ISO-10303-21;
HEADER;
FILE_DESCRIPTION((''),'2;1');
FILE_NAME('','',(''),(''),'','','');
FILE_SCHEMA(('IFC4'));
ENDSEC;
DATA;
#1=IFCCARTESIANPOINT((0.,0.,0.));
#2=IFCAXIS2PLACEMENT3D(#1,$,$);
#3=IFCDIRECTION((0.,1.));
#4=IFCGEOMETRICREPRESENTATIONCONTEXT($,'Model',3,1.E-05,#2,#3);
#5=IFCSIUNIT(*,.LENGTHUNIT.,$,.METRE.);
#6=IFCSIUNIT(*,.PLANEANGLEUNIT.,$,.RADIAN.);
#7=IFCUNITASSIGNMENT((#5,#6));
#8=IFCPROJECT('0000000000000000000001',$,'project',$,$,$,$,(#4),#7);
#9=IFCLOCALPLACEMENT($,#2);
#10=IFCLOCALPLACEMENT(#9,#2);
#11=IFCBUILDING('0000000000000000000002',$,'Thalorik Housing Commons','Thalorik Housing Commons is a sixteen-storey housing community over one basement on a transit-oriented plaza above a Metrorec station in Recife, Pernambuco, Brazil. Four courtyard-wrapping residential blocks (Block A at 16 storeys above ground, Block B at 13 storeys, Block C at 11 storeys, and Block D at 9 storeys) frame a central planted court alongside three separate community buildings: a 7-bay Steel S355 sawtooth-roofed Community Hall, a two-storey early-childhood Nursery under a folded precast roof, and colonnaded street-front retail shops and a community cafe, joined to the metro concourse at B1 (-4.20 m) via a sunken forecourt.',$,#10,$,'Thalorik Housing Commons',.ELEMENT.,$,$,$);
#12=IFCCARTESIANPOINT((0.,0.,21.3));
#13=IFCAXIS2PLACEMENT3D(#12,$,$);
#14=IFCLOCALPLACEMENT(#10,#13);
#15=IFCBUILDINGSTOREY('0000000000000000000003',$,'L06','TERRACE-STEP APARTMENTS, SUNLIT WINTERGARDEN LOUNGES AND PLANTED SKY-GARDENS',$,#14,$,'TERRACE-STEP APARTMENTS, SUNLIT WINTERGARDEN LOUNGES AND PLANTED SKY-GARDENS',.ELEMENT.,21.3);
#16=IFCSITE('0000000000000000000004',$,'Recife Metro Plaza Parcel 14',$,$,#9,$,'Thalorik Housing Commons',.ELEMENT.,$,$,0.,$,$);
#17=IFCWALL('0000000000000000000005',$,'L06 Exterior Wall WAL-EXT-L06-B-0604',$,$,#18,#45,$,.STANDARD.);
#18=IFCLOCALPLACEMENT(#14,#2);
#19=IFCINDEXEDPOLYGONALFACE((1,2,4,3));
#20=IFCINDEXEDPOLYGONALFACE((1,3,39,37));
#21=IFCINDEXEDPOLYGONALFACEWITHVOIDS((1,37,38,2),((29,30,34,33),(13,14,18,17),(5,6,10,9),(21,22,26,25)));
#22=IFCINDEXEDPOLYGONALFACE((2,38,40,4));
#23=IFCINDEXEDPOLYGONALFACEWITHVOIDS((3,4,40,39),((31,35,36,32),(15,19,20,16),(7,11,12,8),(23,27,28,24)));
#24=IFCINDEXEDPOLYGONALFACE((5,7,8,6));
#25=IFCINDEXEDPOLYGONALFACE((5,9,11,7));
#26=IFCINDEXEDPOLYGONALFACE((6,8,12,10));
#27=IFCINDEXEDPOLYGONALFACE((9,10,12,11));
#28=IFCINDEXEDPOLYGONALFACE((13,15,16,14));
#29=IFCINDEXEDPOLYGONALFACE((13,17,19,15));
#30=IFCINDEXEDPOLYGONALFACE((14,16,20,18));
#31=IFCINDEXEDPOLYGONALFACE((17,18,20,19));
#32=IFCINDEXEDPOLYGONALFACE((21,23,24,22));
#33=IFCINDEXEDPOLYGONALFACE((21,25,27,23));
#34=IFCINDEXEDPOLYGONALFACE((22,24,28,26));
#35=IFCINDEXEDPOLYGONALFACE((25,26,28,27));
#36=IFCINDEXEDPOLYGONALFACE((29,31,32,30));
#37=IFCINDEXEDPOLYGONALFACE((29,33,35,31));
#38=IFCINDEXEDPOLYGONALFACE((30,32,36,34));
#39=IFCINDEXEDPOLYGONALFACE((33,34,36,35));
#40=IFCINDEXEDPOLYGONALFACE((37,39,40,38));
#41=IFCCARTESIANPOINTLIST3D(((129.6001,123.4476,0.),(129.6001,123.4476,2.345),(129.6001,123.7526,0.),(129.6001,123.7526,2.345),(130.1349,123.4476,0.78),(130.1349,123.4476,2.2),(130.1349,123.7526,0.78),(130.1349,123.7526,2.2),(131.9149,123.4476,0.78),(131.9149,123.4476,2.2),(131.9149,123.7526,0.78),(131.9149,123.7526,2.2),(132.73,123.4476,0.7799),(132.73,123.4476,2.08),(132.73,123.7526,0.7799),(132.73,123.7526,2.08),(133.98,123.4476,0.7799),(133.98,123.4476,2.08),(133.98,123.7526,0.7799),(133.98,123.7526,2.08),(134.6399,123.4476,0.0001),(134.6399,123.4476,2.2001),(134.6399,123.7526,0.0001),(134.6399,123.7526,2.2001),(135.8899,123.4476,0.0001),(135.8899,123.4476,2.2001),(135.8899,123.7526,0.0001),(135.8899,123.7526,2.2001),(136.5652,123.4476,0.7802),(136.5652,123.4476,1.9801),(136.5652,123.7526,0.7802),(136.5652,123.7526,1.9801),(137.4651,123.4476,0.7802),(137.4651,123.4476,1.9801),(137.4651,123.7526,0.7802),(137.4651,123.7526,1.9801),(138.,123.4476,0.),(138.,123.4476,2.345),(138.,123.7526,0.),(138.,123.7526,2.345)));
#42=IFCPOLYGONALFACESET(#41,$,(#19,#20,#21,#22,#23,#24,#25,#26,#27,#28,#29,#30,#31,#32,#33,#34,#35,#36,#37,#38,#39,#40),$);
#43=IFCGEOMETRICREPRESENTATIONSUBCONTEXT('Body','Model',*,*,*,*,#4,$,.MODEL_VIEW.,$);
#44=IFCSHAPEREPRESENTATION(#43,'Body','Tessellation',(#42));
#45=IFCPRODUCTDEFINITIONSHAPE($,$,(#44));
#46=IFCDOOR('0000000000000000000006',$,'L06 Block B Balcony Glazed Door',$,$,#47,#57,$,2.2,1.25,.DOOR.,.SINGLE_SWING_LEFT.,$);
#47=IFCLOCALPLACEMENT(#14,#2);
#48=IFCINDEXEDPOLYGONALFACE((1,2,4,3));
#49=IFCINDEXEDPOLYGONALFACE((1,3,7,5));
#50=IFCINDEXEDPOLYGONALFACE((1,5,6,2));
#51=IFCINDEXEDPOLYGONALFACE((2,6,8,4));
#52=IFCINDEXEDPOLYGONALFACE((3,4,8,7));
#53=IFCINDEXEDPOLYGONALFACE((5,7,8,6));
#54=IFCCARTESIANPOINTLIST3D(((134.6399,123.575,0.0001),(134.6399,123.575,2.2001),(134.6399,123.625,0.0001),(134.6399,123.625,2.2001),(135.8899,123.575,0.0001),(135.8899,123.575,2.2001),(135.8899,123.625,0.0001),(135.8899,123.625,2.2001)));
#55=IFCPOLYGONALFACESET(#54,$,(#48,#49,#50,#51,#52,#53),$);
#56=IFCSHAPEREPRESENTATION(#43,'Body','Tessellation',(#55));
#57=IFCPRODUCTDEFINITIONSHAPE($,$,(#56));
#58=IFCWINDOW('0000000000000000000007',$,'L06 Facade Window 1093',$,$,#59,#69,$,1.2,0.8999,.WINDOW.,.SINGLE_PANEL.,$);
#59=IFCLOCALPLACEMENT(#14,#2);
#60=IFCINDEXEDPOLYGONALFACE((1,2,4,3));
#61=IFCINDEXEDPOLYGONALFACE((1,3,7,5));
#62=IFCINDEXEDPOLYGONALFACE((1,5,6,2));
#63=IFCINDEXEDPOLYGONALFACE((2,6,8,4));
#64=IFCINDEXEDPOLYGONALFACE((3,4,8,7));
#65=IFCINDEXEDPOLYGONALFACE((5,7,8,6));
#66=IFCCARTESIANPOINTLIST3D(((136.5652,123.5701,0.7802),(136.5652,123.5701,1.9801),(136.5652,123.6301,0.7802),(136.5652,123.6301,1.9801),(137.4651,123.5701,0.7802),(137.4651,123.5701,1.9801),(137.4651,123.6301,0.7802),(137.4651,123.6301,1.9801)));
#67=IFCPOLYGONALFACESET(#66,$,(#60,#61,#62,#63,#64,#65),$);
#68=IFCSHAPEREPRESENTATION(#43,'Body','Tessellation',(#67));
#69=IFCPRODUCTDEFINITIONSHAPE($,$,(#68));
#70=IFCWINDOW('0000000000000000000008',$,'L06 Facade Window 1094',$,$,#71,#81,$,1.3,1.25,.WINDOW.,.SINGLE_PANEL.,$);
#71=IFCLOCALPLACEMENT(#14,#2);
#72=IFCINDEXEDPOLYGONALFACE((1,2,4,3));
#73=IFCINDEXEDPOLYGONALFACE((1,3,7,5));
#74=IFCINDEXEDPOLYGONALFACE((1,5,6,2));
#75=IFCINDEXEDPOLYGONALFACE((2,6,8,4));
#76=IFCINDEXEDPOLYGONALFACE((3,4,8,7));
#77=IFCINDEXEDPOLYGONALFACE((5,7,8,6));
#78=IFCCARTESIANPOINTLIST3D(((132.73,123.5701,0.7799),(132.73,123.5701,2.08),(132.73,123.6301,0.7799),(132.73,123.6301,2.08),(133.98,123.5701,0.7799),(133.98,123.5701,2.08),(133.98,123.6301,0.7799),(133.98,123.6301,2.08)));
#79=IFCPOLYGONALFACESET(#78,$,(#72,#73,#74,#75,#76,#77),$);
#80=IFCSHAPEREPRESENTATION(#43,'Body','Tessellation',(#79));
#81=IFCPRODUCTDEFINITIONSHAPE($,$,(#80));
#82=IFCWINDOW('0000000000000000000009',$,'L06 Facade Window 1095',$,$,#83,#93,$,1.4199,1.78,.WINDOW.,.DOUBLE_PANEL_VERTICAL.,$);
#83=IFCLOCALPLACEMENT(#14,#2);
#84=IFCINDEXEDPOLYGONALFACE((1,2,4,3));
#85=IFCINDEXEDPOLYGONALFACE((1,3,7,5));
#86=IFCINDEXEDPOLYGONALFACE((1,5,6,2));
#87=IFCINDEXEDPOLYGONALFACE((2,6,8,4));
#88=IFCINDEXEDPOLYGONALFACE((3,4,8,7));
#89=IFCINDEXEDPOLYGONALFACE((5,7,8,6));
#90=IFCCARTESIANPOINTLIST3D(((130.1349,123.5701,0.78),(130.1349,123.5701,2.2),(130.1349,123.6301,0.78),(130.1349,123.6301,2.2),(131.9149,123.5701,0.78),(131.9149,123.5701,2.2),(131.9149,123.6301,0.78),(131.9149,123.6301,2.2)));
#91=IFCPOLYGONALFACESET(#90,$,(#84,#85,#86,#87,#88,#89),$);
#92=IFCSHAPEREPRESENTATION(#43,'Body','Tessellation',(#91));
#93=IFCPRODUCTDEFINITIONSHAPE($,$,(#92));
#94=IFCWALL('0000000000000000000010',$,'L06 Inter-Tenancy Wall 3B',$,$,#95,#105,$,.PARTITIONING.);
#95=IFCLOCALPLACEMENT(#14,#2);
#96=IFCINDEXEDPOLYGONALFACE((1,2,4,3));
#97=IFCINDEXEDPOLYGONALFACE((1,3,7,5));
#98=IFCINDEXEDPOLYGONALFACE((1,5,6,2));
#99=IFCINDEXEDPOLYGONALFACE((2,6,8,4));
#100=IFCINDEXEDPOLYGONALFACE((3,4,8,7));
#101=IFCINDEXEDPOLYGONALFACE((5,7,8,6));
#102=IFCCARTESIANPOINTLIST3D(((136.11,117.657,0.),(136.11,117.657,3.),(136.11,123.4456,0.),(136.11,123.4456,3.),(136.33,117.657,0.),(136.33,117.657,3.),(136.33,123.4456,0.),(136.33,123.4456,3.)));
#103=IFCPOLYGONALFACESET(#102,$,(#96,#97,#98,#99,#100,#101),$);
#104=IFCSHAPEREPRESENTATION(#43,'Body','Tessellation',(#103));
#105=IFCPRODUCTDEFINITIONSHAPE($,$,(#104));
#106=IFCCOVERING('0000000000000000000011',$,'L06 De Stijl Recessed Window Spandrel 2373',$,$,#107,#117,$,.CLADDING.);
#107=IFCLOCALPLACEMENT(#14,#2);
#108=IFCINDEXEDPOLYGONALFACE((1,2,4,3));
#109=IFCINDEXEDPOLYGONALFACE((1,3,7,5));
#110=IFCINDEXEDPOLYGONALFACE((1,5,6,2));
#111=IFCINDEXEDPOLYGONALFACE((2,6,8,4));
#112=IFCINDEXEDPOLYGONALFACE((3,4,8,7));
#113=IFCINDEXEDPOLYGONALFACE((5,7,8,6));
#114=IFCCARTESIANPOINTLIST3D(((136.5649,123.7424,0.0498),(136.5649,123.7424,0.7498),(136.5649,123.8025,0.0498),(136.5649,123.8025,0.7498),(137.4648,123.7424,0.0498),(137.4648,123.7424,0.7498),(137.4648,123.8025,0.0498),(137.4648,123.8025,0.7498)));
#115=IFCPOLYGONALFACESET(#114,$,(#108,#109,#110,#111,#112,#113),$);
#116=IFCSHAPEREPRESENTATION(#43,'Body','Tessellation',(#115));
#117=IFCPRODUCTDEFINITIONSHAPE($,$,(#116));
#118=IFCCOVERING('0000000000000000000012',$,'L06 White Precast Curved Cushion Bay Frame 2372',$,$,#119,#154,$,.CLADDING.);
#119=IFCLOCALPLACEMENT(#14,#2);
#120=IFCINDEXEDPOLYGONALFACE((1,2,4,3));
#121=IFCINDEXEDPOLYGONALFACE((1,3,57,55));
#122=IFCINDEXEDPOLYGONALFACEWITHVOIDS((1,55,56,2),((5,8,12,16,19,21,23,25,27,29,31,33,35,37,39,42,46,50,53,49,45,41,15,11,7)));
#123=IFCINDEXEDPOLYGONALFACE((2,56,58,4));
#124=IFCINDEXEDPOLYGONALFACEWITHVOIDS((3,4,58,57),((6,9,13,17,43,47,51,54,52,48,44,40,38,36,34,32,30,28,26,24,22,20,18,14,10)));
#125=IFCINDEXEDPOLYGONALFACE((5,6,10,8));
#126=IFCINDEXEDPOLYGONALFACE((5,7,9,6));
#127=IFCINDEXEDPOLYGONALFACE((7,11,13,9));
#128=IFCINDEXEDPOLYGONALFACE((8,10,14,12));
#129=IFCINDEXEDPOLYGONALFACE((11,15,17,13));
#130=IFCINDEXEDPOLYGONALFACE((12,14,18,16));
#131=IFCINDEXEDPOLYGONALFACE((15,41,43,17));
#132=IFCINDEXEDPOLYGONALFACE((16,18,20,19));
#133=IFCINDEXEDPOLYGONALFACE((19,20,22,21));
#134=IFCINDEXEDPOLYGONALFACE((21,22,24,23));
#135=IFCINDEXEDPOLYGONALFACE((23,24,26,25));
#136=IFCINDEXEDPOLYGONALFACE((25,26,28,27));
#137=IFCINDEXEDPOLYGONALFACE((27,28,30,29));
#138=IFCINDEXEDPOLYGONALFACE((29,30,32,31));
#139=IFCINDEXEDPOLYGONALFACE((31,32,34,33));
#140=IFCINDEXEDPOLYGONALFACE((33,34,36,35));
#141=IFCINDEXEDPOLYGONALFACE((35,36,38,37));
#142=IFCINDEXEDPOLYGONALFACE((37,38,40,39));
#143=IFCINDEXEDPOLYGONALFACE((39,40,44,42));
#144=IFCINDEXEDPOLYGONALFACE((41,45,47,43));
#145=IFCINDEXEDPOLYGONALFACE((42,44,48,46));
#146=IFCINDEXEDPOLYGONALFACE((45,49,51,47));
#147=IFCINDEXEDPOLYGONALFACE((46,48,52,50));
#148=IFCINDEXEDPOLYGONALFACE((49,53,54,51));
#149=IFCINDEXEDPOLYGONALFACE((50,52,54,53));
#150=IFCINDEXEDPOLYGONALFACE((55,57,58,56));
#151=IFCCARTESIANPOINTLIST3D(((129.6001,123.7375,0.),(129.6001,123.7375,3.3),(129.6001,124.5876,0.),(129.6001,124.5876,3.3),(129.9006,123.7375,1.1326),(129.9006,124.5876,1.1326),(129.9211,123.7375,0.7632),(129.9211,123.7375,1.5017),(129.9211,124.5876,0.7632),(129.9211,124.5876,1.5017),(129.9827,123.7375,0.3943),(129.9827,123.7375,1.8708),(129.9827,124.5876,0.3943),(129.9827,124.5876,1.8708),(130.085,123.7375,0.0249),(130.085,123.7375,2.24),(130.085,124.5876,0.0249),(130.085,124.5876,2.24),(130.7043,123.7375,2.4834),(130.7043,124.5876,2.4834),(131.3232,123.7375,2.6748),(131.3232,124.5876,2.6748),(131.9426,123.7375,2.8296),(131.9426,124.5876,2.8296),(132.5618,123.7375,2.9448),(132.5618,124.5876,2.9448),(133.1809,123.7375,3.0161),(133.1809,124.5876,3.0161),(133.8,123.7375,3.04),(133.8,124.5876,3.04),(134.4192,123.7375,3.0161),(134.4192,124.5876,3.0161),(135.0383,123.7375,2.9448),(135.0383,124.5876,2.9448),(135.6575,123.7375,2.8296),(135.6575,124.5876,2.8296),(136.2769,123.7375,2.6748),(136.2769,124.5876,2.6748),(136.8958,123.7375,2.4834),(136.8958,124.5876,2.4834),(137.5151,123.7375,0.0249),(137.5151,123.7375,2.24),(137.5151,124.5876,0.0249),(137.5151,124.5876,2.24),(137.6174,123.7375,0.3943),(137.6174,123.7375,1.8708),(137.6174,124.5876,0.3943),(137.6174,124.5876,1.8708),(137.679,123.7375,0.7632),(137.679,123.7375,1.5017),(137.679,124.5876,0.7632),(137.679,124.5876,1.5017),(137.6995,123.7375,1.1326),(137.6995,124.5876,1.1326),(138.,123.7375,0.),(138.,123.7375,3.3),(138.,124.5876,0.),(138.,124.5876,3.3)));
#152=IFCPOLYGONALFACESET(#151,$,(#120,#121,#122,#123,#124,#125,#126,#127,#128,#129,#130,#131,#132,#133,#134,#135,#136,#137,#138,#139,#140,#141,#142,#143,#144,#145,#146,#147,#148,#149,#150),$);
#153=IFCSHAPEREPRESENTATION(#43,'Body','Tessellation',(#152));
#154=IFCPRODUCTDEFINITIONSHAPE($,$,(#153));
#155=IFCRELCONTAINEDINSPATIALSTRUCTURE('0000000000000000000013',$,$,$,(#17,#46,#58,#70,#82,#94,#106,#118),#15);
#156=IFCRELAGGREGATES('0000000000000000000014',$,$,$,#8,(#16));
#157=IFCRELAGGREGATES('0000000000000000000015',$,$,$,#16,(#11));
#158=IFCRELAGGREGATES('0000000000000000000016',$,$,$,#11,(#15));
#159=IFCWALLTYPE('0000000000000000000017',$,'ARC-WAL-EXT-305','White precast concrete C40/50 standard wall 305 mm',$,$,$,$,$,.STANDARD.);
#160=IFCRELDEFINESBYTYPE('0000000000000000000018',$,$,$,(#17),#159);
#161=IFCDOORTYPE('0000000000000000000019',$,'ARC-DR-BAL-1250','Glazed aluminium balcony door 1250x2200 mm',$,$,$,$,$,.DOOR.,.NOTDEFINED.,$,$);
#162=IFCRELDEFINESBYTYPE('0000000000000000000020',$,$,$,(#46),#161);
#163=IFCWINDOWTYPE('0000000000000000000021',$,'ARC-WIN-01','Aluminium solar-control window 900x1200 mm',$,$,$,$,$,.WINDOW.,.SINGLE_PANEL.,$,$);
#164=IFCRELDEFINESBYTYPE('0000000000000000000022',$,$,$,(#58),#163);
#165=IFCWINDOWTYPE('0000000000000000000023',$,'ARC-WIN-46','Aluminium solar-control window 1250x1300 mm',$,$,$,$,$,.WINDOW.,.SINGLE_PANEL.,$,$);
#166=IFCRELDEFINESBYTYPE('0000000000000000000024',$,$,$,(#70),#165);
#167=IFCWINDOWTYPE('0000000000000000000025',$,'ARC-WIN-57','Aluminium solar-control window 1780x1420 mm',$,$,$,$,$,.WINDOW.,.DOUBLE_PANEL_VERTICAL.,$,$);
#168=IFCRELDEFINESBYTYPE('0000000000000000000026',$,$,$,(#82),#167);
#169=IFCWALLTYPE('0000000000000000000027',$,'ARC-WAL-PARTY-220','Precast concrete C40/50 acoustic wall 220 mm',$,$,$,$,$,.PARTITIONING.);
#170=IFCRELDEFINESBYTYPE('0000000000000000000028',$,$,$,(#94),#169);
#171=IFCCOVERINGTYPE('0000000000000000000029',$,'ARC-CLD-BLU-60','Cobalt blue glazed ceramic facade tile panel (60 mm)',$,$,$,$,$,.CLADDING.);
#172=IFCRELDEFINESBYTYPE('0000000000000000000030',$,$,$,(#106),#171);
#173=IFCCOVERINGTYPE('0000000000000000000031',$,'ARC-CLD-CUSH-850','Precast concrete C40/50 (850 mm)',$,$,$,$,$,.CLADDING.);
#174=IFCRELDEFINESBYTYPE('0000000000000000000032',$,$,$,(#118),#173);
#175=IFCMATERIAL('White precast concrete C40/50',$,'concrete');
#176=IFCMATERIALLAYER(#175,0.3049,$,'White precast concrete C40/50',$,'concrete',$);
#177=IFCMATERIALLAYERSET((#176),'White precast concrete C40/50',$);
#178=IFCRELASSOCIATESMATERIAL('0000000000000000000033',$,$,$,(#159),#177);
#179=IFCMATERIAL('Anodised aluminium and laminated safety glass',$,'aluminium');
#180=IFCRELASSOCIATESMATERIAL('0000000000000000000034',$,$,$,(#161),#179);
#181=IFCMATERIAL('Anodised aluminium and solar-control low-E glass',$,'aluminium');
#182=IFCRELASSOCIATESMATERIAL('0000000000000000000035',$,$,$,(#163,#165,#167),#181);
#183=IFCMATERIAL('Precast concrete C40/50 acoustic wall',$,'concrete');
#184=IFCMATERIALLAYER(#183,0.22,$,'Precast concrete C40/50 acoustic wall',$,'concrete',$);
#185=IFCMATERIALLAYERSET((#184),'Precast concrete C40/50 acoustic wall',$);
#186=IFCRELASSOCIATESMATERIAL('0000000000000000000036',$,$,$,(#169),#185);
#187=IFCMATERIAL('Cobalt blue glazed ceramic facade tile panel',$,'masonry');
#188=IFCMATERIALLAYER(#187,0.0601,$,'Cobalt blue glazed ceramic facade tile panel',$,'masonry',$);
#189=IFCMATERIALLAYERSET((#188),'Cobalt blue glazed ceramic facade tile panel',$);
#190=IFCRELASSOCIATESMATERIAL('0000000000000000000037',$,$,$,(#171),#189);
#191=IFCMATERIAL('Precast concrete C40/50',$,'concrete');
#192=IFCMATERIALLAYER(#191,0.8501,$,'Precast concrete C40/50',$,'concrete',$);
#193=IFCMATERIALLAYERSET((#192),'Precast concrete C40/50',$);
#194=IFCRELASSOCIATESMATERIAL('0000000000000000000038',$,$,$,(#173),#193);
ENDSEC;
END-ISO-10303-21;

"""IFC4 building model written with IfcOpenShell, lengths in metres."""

from ifc_helpers import new_model, si_unit, direction, frame, frame_2d, origin, origin_2d, place, context, subcontext, project, spatial, polyline, rectangle, outline, extrude, material, layer, layer_set, type_object, element, fill, save


model = new_model("IFC4")

# Units and contexts
model_context = context("Model", 3, precision=1e-05, world=origin(), true_north=direction((0.0, 1.0)))
body_context = subcontext(model_context, "Body", "Model", "MODEL_VIEW")
ifc_project = project(units=[si_unit("LENGTHUNIT", "METRE"), si_unit("PLANEANGLEUNIT", "RADIAN")], contexts=[model_context])

# Site, building, storey
site_placement = place(None, origin())
site = spatial("IfcSite", under=ifc_project, at=site_placement, Name="Recife Metro Plaza Parcel 14", LongName="Thalorik Housing Commons", CompositionType="ELEMENT", RefElevation=0.0)
building_placement = place(site_placement, origin())
building = spatial("IfcBuilding", under=site, at=building_placement, Name="Thalorik Housing Commons", Description="Thalorik Housing Commons is a sixteen-storey housing community over one basement on a transit-oriented plaza above a Metrorec station in Recife, Pernambuco, Brazil. Four courtyard-wrapping residential blocks (Block A at 16 storeys above ground, Block B at 13 storeys, Block C at 11 storeys, and Block D at 9 storeys) frame a central planted court alongside three separate community buildings: a 7-bay Steel S355 sawtooth-roofed Community Hall, a two-storey early-childhood Nursery under a folded precast roof, and colonnaded street-front retail shops and a community cafe, joined to the metro concourse at B1 (-4.20 m) via a sunken forecourt.", LongName="Thalorik Housing Commons", CompositionType="ELEMENT")
storey_placement = place(building_placement, frame((0.0, 0.0, 21.3)))
storey = spatial("IfcBuildingStorey", under=building, at=storey_placement, Name="L06", Description="TERRACE-STEP APARTMENTS, SUNLIT WINTERGARDEN LOUNGES AND PLANTED SKY-GARDENS", LongName="TERRACE-STEP APARTMENTS, SUNLIT WINTERGARDEN LOUNGES AND PLANTED SKY-GARDENS", CompositionType="ELEMENT", Elevation=21.3)

# Shared definitions
ifc_material_1 = material(Name="Precast concrete C40/50", Category="concrete")

# Wall, openings, door, windows
ifc_material_2 = material(Name="White precast concrete C40/50", Category="concrete")
ifc_layer_1 = layer(ifc_material_2, 0.3049, Name="White precast concrete C40/50", Category="concrete")
ifc_layer_set_1 = layer_set([ifc_layer_1], Name="White precast concrete C40/50")
wall_type_1 = type_object("IfcWallType", Name="ARC-WAL-EXT-305", Description="White precast concrete C40/50 standard wall 305 mm", PredefinedType="STANDARD", material=ifc_layer_set_1)
wall_1_placement = place(storey_placement, frame((138.0, 123.6001, 0.0), z_axis=(0.0, 0.0, 1.0), x_axis=(-1.0, 0.0, 0.0)))
wall_1 = element("IfcWall", 1, at=wall_1_placement, inside=storey, type_object=wall_type_1, Name="L06 Exterior Wall WAL-EXT-L06-B-0604", PredefinedType="STANDARD", context=body_context, shape_type="SweptSolid", body=[
    extrude(rectangle(XDim=8.3999, YDim=0.3049, at=frame_2d((4.2, 0.0))), origin(), (0.0, 0.0, 1.0), 2.345),
])
opening_1_placement = place(wall_1_placement, frame((2.1101, 0.0, 0.0)))
opening_1 = element("IfcOpeningElement", 2, at=opening_1_placement, cuts=wall_1, PredefinedType="OPENING", context=body_context, shape_type="SweptSolid", body=[
    extrude(rectangle(XDim=1.25, YDim=2.2, at=frame_2d((0.625, 1.1001))), frame((0.0, 0.1626, 0.0), z_axis=(0.0, -1.0, 0.0), x_axis=(1.0, 0.0, 0.0)), (0.0, 0.0, 1.0), 0.325),
])
opening_2_placement = place(wall_1_placement, frame((0.5349, 0.0, 0.78)))
opening_2 = element("IfcOpeningElement", 3, at=opening_2_placement, cuts=wall_1, PredefinedType="OPENING", context=body_context, shape_type="SweptSolid", body=[
    extrude(rectangle(XDim=0.8999, YDim=1.2, at=frame_2d((0.45, 0.6001))), frame((0.0, 0.1626, 0.0), z_axis=(0.0, -1.0, 0.0), x_axis=(1.0, 0.0, 0.0)), (0.0, 0.0, 1.0), 0.325),
])
opening_3_placement = place(wall_1_placement, frame((4.02, 0.0, 0.78)))
opening_3 = element("IfcOpeningElement", 4, at=opening_3_placement, cuts=wall_1, PredefinedType="OPENING", context=body_context, shape_type="SweptSolid", body=[
    extrude(rectangle(XDim=1.25, YDim=1.3, at=frame_2d((0.625, 0.6499))), frame((0.0, 0.1626, 0.0), z_axis=(0.0, -1.0, 0.0), x_axis=(1.0, 0.0, 0.0)), (0.0, 0.0, 1.0), 0.325),
])
opening_4_placement = place(wall_1_placement, frame((6.085, 0.0, 0.78)))
opening_4 = element("IfcOpeningElement", 5, at=opening_4_placement, cuts=wall_1, PredefinedType="OPENING", context=body_context, shape_type="SweptSolid", body=[
    extrude(rectangle(XDim=1.78, YDim=1.4199, at=frame_2d((0.8901, 0.71))), frame((0.0, 0.1626, 0.0), z_axis=(0.0, -1.0, 0.0), x_axis=(1.0, 0.0, 0.0)), (0.0, 0.0, 1.0), 0.325),
])
ifc_material_3 = material(Name="Anodised aluminium and laminated safety glass", Category="aluminium")
door_type_1 = type_object("IfcDoorType", Name="ARC-DR-BAL-1250", Description="Glazed aluminium balcony door 1250x2200 mm", OperationType="NOTDEFINED", PredefinedType="DOOR", material=ifc_material_3)
door_1_placement = place(opening_1_placement, frame((1.25, 0.0, 0.0), z_axis=(0.0, 0.0, 1.0), x_axis=(-1.0, 0.0, 0.0)))
door_1 = element("IfcDoor", 6, at=door_1_placement, inside=storey, type_object=door_type_1, Name="L06 Block B Balcony Glazed Door", OperationType="SINGLE_SWING_LEFT", OverallHeight=2.2, OverallWidth=1.25, PredefinedType="DOOR", context=body_context, shape_type="SweptSolid", body=[
    extrude(rectangle(XDim=1.25, YDim=2.2, at=frame_2d((0.625, 1.1001))), frame((0.0, 0.0249, 0.0), z_axis=(0.0, -1.0, 0.0), x_axis=(1.0, 0.0, 0.0)), (0.0, 0.0, 1.0), 0.05),
])
fill(opening_1, door_1)
ifc_material_4 = material(Name="Anodised aluminium and solar-control low-E glass", Category="aluminium")
window_type_1 = type_object("IfcWindowType", Name="ARC-WIN-01", Description="Aluminium solar-control window 900x1200 mm", PartitioningType="SINGLE_PANEL", PredefinedType="WINDOW", material=ifc_material_4)
window_1_placement = place(opening_2_placement, origin())
window_1 = element("IfcWindow", 7, at=window_1_placement, inside=storey, type_object=window_type_1, Name="L06 Facade Window 1093", OverallHeight=1.2, OverallWidth=0.8999, PartitioningType="SINGLE_PANEL", PredefinedType="WINDOW", context=body_context, shape_type="SweptSolid", body=[
    extrude(rectangle(XDim=0.8999, YDim=1.2, at=frame_2d((0.45, 0.6001))), frame((0.0, 0.03, 0.0), z_axis=(0.0, -1.0, 0.0), x_axis=(1.0, 0.0, 0.0)), (0.0, 0.0, 1.0), 0.0601),
])
fill(opening_2, window_1)
window_type_2 = type_object("IfcWindowType", Name="ARC-WIN-46", Description="Aluminium solar-control window 1250x1300 mm", PartitioningType="SINGLE_PANEL", PredefinedType="WINDOW", material=ifc_material_4)
window_2_placement = place(opening_3_placement, origin())
window_2 = element("IfcWindow", 8, at=window_2_placement, inside=storey, type_object=window_type_2, Name="L06 Facade Window 1094", OverallHeight=1.3, OverallWidth=1.25, PartitioningType="SINGLE_PANEL", PredefinedType="WINDOW", context=body_context, shape_type="SweptSolid", body=[
    extrude(rectangle(XDim=1.25, YDim=1.3, at=frame_2d((0.625, 0.6499))), frame((0.0, 0.03, 0.0), z_axis=(0.0, -1.0, 0.0), x_axis=(1.0, 0.0, 0.0)), (0.0, 0.0, 1.0), 0.0601),
])
fill(opening_3, window_2)
window_type_3 = type_object("IfcWindowType", Name="ARC-WIN-57", Description="Aluminium solar-control window 1780x1420 mm", PartitioningType="DOUBLE_PANEL_VERTICAL", PredefinedType="WINDOW", material=ifc_material_4)
window_3_placement = place(opening_4_placement, origin())
window_3 = element("IfcWindow", 9, at=window_3_placement, inside=storey, type_object=window_type_3, Name="L06 Facade Window 1095", OverallHeight=1.4199, OverallWidth=1.78, PartitioningType="DOUBLE_PANEL_VERTICAL", PredefinedType="WINDOW", context=body_context, shape_type="SweptSolid", body=[
    extrude(rectangle(XDim=1.78, YDim=1.4199, at=frame_2d((0.8901, 0.71))), frame((0.0, 0.03, 0.0), z_axis=(0.0, -1.0, 0.0), x_axis=(1.0, 0.0, 0.0)), (0.0, 0.0, 1.0), 0.0601),
])
fill(opening_4, window_3)

# Wall
ifc_material_5 = material(Name="Precast concrete C40/50 acoustic wall", Category="concrete")
ifc_layer_2 = layer(ifc_material_5, 0.22, Name="Precast concrete C40/50 acoustic wall", Category="concrete")
ifc_layer_set_2 = layer_set([ifc_layer_2], Name="Precast concrete C40/50 acoustic wall")
wall_type_2 = type_object("IfcWallType", Name="ARC-WAL-PARTY-220", Description="Precast concrete C40/50 acoustic wall 220 mm", PredefinedType="PARTITIONING", material=ifc_layer_set_2)
wall_2_placement = place(storey_placement, frame((136.22, 117.657, 0.0), z_axis=(0.0, 0.0, 1.0), x_axis=(0.0, 1.0, 0.0)))
element("IfcWall", 10, at=wall_2_placement, inside=storey, type_object=wall_type_2, Name="L06 Inter-Tenancy Wall 3B", PredefinedType="PARTITIONING", context=body_context, shape_type="SweptSolid", body=[
    extrude(rectangle(XDim=5.7886, YDim=0.22, at=frame_2d((2.8943, 0.0))), origin(), (0.0, 0.0, 1.0), 3.0),
])

# Coverings
ifc_material_6 = material(Name="Cobalt blue glazed ceramic facade tile panel", Category="masonry")
ifc_layer_3 = layer(ifc_material_6, 0.0601, Name="Cobalt blue glazed ceramic facade tile panel", Category="masonry")
ifc_layer_set_3 = layer_set([ifc_layer_3], Name="Cobalt blue glazed ceramic facade tile panel")
covering_type_1 = type_object("IfcCoveringType", Name="ARC-CLD-BLU-60", Description="Cobalt blue glazed ceramic facade tile panel (60 mm)", PredefinedType="CLADDING", material=ifc_layer_set_3)
covering_1_placement = place(storey_placement, frame((137.0149, 123.7725, 0.0498), z_axis=(0.0, 0.0, 1.0), x_axis=(-1.0, 0.0, 0.0)))
element("IfcCovering", 11, at=covering_1_placement, inside=storey, type_object=covering_type_1, Name="L06 De Stijl Recessed Window Spandrel 2373", PredefinedType="CLADDING", context=body_context, shape_type="SweptSolid", body=[
    extrude(rectangle(XDim=0.8999, YDim=0.0601, at=origin_2d()), origin(), (0.0, 0.0, 1.0), 0.7),
])
ifc_layer_4 = layer(ifc_material_1, 0.8501, Name="Precast concrete C40/50", Category="concrete")
ifc_layer_set_4 = layer_set([ifc_layer_4], Name="Precast concrete C40/50")
covering_type_2 = type_object("IfcCoveringType", Name="ARC-CLD-CUSH-850", Description="Precast concrete C40/50 (850 mm)", PredefinedType="CLADDING", material=ifc_layer_set_4)
covering_2_placement = place(storey_placement, frame((133.8, 124.1626, 0.0), z_axis=(0.0, 0.0, 1.0), x_axis=(-1.0, 0.0, 0.0)))
element("IfcCovering", 12, at=covering_2_placement, inside=storey, type_object=covering_type_2, Name="L06 White Precast Curved Cushion Bay Frame 2372", PredefinedType="CLADDING", context=body_context, shape_type="SweptSolid", body=[
    extrude(outline(polyline([(-4.2, 0.0), (4.2, 0.0), (4.2, 3.3), (-4.2, 3.3), (-4.2, 0.0)]), holes=[polyline([(3.7151, 0.0249), (3.8174, 0.3943), (3.8789, 0.7632), (3.8994, 1.1326), (3.8789, 1.5017), (3.8174, 1.8708), (3.7151, 2.24), (3.0957, 2.4834), (2.4768, 2.6748), (1.8574, 2.8296), (1.2383, 2.9448), (0.6191, 3.0161), (0.0, 3.04), (-0.6191, 3.0161), (-1.2383, 2.9448), (-1.8574, 2.8296), (-2.4768, 2.6748), (-3.0957, 2.4834), (-3.7151, 2.24), (-3.8174, 1.8708), (-3.8789, 1.5017), (-3.8994, 1.1326), (-3.8789, 0.7632), (-3.8174, 0.3943), (-3.7151, 0.0249), (3.7151, 0.0249)])]), frame((0.0, 0.425, 0.0), z_axis=(0.0, -1.0, 0.0), x_axis=(1.0, 0.0, 0.0)), (0.0, 0.0, 1.0), 0.8501),
])

save(model, "model.ifc")
